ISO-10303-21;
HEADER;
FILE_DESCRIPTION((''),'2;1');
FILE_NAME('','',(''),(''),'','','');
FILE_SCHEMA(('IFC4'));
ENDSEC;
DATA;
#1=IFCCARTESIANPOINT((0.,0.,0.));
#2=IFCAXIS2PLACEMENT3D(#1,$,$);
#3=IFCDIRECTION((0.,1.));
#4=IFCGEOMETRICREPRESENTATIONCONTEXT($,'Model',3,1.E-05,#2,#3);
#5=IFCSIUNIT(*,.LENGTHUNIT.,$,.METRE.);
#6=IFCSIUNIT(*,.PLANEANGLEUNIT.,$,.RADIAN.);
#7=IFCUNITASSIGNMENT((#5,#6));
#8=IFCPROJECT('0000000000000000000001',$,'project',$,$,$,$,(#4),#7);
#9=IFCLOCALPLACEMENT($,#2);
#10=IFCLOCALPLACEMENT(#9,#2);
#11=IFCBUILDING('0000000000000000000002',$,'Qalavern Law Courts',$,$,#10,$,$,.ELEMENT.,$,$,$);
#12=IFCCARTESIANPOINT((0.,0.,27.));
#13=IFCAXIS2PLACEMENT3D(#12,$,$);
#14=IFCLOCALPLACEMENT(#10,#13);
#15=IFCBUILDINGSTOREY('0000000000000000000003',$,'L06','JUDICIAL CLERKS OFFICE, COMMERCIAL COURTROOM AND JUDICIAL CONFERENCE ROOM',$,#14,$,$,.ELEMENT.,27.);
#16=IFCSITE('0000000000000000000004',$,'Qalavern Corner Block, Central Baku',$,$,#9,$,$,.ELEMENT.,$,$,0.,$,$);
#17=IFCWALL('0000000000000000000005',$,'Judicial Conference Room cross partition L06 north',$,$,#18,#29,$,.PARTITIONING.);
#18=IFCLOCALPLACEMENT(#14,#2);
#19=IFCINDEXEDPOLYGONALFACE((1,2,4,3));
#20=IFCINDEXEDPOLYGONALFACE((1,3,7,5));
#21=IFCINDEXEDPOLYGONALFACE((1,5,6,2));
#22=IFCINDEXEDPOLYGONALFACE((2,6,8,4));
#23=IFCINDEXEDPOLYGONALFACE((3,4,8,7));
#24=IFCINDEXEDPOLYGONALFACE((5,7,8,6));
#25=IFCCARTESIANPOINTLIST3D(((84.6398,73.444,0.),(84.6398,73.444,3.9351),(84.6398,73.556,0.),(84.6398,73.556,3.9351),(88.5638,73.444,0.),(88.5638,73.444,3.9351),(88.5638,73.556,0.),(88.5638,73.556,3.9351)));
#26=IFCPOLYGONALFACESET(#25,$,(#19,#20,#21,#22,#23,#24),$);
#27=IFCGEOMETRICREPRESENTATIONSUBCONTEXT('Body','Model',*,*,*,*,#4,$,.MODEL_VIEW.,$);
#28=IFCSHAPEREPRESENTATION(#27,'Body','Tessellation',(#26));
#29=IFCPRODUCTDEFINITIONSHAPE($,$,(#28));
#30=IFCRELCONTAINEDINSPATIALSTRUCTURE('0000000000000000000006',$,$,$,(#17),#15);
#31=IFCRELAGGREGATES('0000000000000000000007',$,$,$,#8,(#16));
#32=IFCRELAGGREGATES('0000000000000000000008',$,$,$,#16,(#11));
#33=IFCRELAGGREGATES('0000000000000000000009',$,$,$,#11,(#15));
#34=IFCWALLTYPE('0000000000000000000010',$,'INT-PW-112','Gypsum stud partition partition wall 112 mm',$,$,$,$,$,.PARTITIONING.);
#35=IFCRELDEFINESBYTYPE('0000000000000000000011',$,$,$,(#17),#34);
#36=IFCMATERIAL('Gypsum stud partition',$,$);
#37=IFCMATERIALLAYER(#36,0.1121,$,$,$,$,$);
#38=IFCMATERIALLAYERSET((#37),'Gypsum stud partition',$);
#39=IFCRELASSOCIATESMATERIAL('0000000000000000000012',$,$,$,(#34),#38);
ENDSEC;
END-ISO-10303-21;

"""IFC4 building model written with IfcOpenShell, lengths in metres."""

from ifc_helpers import new_model, si_unit, direction, frame, frame_2d, origin, place, context, subcontext, project, spatial, rectangle, extrude, material, layer, layer_set, type_object, element, save


model = new_model("IFC4")

# Units and contexts
model_context = context("Model", 3, precision=1e-05, world=origin(), true_north=direction((0.0, 1.0)))
body_context = subcontext(model_context, "Body", "Model", "MODEL_VIEW")
ifc_project = project(units=[si_unit("LENGTHUNIT", "METRE"), si_unit("PLANEANGLEUNIT", "RADIAN")], contexts=[model_context])

# Site, building, storey
site_placement = place(None, origin())
site = spatial("IfcSite", under=ifc_project, at=site_placement, Name="Qalavern Corner Block, Central Baku", CompositionType="ELEMENT", RefElevation=0.0)
building_placement = place(site_placement, origin())
building = spatial("IfcBuilding", under=site, at=building_placement, Name="Qalavern Law Courts", CompositionType="ELEMENT")
storey_placement = place(building_placement, frame((0.0, 0.0, 27.0)))
storey = spatial("IfcBuildingStorey", under=building, at=storey_placement, Name="L06", Description="JUDICIAL CLERKS OFFICE, COMMERCIAL COURTROOM AND JUDICIAL CONFERENCE ROOM", CompositionType="ELEMENT", Elevation=27.0)

# Wall
ifc_material_1 = material(Name="Gypsum stud partition")
ifc_layer_1 = layer(ifc_material_1, 0.1121)
ifc_layer_set_1 = layer_set([ifc_layer_1], Name="Gypsum stud partition")
wall_type_1 = type_object("IfcWallType", Name="INT-PW-112", Description="Gypsum stud partition partition wall 112 mm", PredefinedType="PARTITIONING", material=ifc_layer_set_1)
wall_1_placement = place(storey_placement, frame((84.6399, 73.5, 0.0), z_axis=(0.0, 0.0, 1.0), x_axis=(1.0, 0.0, 0.0)))
element("IfcWall", 1, at=wall_1_placement, inside=storey, type_object=wall_type_1, Name="Judicial Conference Room cross partition L06 north", PredefinedType="PARTITIONING", context=body_context, shape_type="SweptSolid", body=[
    extrude(rectangle(XDim=3.9241, YDim=0.1121, at=frame_2d((1.9619, 0.0))), origin(), (0.0, 0.0, 1.0), 3.9351),
])

save(model, "model.ifc")
